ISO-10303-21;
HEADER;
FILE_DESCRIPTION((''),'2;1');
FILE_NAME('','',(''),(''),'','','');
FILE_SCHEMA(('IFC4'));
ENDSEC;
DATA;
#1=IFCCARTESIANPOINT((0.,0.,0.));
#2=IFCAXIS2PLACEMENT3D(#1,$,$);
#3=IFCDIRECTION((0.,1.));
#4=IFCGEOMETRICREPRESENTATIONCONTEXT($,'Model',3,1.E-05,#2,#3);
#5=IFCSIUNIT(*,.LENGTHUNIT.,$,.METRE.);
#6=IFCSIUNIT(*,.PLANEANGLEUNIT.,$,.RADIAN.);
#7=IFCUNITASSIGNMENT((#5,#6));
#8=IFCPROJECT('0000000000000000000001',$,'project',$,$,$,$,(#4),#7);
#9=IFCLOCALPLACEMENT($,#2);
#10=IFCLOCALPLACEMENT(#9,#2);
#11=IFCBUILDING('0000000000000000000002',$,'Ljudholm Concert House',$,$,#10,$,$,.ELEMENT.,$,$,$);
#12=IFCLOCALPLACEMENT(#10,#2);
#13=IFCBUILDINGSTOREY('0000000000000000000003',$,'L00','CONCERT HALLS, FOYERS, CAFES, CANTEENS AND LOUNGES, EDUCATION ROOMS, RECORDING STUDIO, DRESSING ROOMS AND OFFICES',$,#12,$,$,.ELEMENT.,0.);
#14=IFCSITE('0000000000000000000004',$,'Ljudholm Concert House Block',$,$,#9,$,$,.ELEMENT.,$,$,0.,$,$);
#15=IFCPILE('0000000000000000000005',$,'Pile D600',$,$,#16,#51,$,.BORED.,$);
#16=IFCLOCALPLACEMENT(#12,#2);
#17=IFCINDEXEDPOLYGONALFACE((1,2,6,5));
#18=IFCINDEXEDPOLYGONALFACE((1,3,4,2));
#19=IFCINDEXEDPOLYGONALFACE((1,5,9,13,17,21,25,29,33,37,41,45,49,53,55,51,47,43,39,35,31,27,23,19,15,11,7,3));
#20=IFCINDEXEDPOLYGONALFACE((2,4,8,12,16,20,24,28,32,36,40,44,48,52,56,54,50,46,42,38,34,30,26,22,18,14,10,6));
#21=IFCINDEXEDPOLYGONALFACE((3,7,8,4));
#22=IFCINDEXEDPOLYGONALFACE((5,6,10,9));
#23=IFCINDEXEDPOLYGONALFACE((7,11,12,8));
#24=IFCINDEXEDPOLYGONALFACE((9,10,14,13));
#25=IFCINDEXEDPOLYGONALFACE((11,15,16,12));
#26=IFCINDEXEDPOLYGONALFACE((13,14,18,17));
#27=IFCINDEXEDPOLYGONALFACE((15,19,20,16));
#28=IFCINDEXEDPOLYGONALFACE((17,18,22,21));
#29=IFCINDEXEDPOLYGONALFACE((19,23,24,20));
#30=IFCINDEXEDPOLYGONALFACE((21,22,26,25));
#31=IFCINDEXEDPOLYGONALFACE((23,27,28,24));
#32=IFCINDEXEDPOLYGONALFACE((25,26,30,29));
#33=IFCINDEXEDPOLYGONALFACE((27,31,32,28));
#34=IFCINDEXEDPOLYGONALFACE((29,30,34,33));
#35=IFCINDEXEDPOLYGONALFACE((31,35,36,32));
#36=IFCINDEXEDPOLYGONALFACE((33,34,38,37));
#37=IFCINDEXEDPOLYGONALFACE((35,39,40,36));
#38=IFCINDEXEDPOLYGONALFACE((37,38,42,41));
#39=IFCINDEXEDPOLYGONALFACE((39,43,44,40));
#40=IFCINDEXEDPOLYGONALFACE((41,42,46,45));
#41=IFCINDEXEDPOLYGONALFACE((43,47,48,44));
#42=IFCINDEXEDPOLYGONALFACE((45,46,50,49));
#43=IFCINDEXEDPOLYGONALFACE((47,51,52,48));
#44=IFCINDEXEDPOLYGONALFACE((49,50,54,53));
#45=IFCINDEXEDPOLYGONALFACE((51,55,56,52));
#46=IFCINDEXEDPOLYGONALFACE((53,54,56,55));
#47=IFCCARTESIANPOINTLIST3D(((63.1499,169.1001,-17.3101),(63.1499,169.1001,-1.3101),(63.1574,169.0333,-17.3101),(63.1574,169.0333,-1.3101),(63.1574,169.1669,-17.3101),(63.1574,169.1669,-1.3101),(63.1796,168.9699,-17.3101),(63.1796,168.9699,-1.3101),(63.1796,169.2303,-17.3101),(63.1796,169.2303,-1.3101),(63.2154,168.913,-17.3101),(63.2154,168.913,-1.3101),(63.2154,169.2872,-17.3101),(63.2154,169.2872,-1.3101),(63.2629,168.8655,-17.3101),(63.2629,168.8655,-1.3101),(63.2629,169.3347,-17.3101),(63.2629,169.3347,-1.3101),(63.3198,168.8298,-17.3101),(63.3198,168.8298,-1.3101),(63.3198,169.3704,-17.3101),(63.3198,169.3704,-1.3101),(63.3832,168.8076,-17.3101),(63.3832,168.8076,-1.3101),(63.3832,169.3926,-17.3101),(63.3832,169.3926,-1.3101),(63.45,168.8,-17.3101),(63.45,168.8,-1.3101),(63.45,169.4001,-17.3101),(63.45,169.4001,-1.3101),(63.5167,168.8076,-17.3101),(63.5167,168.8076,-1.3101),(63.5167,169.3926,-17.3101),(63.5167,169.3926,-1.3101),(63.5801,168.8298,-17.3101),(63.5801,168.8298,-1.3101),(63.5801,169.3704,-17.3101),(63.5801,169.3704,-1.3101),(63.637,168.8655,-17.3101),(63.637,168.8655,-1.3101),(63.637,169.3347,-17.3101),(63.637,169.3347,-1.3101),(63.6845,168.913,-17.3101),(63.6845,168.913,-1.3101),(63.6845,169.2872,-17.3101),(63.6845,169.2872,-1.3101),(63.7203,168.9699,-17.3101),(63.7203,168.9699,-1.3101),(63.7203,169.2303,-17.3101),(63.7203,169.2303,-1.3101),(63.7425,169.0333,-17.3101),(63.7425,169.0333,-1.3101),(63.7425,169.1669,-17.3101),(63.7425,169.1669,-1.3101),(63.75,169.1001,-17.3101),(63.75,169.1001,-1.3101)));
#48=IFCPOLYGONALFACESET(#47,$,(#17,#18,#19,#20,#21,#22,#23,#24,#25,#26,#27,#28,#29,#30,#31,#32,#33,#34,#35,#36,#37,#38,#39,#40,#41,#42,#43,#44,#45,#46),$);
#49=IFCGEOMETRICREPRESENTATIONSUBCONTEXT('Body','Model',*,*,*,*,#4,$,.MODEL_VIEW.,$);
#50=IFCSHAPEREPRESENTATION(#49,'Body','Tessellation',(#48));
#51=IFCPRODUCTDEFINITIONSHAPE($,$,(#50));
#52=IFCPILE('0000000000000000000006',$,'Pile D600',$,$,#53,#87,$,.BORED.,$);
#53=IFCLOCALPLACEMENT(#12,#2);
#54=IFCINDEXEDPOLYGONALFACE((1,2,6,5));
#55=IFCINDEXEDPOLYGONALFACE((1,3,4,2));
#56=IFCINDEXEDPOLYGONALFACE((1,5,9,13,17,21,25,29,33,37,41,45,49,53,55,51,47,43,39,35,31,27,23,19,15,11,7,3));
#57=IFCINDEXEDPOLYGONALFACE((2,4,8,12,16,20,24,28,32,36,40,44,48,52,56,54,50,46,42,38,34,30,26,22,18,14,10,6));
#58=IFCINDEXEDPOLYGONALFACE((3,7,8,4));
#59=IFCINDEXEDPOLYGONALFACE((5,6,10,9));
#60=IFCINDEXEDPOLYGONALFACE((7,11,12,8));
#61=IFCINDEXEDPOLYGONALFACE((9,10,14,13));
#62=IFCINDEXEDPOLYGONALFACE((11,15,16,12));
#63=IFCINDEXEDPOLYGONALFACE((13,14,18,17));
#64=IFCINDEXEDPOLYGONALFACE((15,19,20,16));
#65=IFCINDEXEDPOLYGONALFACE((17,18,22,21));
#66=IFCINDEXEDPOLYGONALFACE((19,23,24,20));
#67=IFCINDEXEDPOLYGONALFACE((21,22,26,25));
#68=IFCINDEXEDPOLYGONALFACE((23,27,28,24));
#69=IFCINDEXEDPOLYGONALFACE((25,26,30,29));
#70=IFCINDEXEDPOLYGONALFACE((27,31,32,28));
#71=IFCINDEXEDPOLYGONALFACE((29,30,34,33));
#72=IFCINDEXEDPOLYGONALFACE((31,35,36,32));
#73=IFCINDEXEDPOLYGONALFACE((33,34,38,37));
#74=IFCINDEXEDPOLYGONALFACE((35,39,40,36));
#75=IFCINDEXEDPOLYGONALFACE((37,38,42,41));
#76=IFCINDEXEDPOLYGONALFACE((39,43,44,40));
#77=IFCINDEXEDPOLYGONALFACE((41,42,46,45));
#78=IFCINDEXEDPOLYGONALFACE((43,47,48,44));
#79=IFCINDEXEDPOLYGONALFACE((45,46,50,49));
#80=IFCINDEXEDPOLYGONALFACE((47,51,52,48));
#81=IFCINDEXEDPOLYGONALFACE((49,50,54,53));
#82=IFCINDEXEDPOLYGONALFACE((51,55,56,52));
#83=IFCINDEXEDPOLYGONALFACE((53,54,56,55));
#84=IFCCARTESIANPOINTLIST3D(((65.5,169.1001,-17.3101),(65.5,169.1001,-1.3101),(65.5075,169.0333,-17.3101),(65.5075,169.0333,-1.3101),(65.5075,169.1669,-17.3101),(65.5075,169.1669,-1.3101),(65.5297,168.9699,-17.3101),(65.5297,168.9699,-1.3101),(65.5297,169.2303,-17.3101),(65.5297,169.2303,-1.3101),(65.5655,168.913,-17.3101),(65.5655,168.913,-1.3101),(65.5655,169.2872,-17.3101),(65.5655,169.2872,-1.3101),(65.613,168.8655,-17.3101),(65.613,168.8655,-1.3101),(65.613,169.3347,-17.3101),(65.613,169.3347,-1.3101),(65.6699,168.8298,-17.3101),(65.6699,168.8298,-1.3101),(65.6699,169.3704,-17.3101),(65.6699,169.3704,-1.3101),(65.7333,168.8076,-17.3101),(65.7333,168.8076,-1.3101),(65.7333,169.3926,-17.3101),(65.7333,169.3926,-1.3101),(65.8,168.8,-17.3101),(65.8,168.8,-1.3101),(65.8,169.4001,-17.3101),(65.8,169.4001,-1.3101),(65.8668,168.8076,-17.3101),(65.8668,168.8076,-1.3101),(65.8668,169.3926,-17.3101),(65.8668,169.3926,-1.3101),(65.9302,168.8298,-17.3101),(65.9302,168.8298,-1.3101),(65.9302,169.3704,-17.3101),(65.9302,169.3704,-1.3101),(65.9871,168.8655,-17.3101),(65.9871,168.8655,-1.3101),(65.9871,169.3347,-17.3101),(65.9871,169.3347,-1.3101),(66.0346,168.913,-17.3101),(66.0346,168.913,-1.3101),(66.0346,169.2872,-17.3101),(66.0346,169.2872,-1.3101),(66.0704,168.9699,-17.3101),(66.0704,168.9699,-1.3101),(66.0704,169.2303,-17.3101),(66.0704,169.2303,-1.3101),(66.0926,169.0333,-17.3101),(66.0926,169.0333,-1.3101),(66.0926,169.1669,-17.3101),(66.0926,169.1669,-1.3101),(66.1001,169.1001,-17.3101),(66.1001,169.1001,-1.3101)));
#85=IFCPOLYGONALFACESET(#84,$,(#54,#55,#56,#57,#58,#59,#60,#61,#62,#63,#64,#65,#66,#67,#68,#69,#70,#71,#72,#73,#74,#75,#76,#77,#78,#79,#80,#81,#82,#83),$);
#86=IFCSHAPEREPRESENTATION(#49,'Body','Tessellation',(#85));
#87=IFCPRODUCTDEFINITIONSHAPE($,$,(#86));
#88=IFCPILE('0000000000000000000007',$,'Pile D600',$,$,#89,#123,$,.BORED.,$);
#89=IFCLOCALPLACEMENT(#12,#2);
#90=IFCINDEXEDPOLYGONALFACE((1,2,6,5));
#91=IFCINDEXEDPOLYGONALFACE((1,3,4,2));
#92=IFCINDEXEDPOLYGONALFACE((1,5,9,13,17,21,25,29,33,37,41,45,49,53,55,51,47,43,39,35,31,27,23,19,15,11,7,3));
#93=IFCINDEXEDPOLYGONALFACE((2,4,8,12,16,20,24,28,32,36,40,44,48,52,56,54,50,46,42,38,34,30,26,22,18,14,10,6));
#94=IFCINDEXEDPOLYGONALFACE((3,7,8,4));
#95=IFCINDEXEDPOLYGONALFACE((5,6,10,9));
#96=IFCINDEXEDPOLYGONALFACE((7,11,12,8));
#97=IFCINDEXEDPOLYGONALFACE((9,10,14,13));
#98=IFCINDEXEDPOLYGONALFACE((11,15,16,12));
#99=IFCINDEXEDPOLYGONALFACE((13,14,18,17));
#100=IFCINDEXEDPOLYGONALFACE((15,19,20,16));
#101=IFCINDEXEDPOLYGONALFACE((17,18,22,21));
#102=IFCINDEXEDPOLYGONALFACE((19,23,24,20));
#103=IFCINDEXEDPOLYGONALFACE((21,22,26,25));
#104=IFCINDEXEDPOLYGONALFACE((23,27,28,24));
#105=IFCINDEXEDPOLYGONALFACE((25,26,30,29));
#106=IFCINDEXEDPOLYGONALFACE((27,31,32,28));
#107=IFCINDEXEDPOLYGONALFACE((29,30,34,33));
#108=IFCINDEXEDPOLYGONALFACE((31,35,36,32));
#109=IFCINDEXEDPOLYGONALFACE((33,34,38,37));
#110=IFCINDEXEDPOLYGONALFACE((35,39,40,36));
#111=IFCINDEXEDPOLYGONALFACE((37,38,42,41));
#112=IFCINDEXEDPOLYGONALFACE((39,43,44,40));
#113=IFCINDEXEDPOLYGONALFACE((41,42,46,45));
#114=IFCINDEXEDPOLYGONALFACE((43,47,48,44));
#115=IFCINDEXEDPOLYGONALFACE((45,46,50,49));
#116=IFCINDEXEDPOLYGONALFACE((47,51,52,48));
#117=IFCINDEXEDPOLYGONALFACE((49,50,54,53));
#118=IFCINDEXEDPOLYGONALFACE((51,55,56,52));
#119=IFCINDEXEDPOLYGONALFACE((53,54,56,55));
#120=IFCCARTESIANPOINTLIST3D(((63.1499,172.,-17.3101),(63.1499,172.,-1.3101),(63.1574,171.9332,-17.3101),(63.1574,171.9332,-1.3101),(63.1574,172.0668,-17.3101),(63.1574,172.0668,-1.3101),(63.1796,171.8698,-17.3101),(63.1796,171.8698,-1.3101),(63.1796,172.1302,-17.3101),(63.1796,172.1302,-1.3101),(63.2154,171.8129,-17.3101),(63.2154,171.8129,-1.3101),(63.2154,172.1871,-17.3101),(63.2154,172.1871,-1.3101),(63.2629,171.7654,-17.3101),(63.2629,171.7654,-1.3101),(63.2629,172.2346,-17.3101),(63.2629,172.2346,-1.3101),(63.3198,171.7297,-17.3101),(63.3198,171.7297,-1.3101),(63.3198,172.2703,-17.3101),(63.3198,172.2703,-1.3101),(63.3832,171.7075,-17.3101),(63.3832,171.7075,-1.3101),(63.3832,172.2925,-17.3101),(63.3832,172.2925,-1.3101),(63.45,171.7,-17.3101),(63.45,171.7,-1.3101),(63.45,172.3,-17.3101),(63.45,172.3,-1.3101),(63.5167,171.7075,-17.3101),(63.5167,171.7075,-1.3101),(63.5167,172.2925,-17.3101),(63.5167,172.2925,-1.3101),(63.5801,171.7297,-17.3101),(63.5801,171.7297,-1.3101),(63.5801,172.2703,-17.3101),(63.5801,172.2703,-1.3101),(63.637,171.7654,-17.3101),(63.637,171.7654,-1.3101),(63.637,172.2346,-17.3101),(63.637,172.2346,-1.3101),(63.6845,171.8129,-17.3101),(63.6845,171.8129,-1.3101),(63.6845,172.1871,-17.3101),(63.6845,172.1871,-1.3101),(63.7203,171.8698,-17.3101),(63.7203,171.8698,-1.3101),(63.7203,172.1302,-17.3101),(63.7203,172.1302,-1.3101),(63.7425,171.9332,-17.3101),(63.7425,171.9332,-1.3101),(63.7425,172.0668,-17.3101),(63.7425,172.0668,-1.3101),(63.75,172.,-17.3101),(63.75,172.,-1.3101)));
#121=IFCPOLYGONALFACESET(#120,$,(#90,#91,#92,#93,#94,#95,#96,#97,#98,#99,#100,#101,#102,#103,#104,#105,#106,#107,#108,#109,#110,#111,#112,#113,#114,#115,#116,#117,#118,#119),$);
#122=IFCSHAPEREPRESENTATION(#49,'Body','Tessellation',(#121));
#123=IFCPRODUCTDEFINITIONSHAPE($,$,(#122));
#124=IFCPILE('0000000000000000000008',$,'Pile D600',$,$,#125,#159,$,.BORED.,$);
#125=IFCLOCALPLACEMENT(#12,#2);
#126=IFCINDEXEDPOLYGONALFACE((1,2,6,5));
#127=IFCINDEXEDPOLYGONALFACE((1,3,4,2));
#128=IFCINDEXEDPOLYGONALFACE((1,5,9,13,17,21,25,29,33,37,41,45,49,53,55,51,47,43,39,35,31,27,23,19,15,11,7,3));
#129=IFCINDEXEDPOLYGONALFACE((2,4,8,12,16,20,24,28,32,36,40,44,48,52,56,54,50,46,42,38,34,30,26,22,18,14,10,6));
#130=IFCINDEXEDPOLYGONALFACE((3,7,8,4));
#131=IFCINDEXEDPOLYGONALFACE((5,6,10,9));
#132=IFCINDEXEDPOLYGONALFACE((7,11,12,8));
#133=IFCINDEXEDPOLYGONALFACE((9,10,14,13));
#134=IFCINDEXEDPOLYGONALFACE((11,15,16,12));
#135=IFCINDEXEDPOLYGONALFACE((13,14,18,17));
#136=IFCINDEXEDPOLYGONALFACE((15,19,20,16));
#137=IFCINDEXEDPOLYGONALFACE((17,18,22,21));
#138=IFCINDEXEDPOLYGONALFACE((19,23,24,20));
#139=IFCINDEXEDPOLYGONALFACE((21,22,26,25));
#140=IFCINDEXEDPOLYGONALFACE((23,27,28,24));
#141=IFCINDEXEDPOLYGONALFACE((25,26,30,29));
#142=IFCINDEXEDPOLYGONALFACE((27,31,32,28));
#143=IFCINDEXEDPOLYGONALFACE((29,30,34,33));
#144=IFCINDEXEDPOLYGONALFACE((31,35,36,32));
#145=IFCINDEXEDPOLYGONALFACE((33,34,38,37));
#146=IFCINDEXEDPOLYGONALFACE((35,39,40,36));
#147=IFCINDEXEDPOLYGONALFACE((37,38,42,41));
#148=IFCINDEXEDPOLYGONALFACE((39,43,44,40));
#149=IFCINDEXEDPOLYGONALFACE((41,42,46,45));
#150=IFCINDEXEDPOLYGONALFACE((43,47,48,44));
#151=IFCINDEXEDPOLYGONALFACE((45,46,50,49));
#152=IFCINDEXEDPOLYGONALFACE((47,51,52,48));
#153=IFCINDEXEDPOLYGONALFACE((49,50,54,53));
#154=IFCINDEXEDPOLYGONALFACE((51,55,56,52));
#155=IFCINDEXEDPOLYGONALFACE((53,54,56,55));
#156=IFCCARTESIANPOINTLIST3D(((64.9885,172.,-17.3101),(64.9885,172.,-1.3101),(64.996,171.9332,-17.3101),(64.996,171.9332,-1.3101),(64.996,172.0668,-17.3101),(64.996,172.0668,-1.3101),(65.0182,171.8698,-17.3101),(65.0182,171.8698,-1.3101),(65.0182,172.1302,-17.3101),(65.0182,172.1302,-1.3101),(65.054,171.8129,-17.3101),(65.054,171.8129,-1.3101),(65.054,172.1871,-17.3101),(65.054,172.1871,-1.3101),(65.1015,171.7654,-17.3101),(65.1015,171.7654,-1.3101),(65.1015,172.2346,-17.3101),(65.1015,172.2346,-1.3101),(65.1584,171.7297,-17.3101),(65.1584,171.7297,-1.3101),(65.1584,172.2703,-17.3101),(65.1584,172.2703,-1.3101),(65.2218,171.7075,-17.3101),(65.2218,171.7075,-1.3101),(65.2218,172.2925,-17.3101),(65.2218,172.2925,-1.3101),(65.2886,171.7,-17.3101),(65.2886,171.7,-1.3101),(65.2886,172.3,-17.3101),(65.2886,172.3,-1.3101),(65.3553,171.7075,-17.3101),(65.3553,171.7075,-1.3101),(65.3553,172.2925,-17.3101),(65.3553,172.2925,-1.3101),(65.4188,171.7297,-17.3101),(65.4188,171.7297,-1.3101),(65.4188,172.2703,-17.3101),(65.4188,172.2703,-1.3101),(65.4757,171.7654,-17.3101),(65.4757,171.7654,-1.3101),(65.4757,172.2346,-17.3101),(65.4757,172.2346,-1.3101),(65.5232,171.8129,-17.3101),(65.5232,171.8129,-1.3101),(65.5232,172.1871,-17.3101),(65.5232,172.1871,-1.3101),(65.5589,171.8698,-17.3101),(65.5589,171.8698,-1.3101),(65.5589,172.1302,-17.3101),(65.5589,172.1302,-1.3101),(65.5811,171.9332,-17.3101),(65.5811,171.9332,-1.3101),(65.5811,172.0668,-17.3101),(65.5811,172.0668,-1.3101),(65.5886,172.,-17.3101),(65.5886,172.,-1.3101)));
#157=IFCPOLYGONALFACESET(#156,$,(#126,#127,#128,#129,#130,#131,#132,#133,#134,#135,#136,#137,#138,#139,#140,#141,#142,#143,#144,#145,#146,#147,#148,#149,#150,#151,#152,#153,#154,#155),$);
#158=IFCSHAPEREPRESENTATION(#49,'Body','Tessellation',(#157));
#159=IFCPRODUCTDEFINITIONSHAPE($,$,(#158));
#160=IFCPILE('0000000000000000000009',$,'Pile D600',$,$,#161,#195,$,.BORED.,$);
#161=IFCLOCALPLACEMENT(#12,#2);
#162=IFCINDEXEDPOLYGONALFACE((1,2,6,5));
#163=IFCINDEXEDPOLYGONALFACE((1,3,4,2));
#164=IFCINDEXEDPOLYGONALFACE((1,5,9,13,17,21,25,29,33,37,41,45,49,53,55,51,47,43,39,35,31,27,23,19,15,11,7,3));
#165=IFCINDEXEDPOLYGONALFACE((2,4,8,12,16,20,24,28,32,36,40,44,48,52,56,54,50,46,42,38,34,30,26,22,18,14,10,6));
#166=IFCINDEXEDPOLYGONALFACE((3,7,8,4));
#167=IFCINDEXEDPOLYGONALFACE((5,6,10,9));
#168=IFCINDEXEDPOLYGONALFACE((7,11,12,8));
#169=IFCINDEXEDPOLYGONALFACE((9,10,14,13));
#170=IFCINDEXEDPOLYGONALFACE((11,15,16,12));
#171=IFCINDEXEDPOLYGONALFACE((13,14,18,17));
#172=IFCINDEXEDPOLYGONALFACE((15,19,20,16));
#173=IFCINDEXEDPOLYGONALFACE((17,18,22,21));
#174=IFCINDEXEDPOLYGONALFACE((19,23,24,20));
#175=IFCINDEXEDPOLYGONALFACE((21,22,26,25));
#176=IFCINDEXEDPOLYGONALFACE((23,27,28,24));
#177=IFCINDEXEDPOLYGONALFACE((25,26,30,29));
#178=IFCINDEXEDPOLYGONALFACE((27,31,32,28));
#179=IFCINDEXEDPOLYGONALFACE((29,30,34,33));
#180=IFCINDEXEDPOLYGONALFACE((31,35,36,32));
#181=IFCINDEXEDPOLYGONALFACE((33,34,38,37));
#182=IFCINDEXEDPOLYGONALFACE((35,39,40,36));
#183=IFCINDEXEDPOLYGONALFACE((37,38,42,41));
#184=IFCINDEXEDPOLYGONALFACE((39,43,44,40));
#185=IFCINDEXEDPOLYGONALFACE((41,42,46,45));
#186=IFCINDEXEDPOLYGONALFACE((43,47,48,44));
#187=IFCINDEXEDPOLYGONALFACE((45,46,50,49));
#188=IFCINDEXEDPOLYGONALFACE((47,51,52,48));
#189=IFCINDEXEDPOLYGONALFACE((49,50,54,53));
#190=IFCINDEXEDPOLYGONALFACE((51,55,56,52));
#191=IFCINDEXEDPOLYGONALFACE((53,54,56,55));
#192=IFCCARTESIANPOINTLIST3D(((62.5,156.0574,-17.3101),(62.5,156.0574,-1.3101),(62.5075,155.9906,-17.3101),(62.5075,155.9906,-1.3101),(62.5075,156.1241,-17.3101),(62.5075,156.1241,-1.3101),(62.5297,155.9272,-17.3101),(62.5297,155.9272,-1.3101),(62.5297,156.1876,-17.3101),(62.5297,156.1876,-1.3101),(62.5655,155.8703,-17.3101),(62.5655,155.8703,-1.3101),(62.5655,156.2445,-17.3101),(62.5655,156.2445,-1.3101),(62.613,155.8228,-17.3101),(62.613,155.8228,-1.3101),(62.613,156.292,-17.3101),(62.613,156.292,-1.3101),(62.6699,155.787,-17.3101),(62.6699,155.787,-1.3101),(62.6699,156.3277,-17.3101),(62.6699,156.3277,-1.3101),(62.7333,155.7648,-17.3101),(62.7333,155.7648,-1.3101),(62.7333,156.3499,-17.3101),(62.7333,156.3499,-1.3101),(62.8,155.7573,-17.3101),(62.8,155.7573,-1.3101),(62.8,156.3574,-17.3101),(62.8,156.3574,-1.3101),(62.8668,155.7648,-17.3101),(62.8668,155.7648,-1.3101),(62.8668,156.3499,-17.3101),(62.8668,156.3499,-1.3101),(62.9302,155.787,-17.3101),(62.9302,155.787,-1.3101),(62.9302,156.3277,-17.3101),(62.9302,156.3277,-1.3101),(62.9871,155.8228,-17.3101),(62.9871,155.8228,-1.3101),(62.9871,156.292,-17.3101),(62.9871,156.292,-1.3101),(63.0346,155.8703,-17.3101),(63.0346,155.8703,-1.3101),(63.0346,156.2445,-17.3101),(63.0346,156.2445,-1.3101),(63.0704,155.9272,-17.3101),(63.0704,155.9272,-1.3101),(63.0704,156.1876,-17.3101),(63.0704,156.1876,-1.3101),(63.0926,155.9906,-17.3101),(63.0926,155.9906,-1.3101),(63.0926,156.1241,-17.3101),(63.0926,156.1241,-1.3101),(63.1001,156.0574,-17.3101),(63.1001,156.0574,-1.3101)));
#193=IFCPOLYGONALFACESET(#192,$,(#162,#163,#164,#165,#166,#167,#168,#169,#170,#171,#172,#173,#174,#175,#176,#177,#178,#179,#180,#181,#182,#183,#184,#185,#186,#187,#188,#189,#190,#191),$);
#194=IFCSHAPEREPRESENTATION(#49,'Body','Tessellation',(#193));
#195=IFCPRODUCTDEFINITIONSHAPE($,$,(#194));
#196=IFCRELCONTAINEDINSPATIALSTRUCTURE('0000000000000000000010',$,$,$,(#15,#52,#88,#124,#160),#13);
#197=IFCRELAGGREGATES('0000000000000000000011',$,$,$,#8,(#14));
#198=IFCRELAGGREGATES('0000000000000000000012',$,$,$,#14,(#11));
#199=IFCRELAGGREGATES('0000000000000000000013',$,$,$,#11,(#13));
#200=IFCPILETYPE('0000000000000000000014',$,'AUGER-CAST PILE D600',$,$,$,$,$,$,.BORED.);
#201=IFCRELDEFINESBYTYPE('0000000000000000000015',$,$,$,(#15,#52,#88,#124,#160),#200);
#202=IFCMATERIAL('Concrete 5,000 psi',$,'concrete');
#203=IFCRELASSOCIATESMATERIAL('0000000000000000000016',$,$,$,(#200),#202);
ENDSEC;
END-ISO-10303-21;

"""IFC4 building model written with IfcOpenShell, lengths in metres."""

from ifc_helpers import new_model, si_unit, direction, frame, origin, origin_2d, place, context, subcontext, project, spatial, circle, extrude, material, material_profile, profile_set, type_object, element, save


model = new_model("IFC4")

# Units and contexts
model_context = context("Model", 3, precision=1e-05, world=origin(), true_north=direction((0.0, 1.0)))
body_context = subcontext(model_context, "Body", "Model", "MODEL_VIEW")
ifc_project = project(units=[si_unit("LENGTHUNIT", "METRE"), si_unit("PLANEANGLEUNIT", "RADIAN")], contexts=[model_context])

# Site, building, storey
site_placement = place(None, origin())
site = spatial("IfcSite", under=ifc_project, at=site_placement, Name="Ljudholm Concert House Block", CompositionType="ELEMENT", RefElevation=0.0)
building_placement = place(site_placement, origin())
building = spatial("IfcBuilding", under=site, at=building_placement, Name="Ljudholm Concert House", CompositionType="ELEMENT")
storey_placement = place(building_placement, origin())
storey = spatial("IfcBuildingStorey", under=building, at=storey_placement, Name="L00", Description="CONCERT HALLS, FOYERS, CAFES, CANTEENS AND LOUNGES, EDUCATION ROOMS, RECORDING STUDIO, DRESSING ROOMS AND OFFICES", CompositionType="ELEMENT", Elevation=0.0)

# Piles
ifc_material_1 = material(Name="Concrete 5,000 psi", Category="concrete")
ifc_material_profile = material_profile(ifc_material_1, circle(Radius=0.3, at=origin_2d()), Name="AUGER-CAST PILE D600")
ifc_profile_set = profile_set([ifc_material_profile], Name="Concrete 5,000 psi")
pile_type = type_object("IfcPileType", Name="AUGER-CAST PILE D600", PredefinedType="BORED", material=ifc_profile_set)
for number, where, z_axis, x_axis, name in (
    (1, (63.45, 169.1001, -1.3101), (0.0, 0.0, -1.0), (1.0, 0.0, 0.0), "Pile D600"),
    (2, (65.8, 169.1001, -1.3101), (0.0, 0.0, -1.0), (1.0, 0.0, 0.0), "Pile D600"),
    (3, (63.45, 172.0, -1.3101), (0.0, 0.0, -1.0), (1.0, 0.0, 0.0), "Pile D600"),
    (4, (65.2886, 172.0, -1.3101), (0.0, 0.0, -1.0), (1.0, 0.0, 0.0), "Pile D600"),
    (5, (62.8, 156.0574, -1.3101), (0.0, 0.0, -1.0), (1.0, 0.0, 0.0), "Pile D600"),
):
    element("IfcPile", number, at=place(storey_placement, frame(where, z_axis=z_axis, x_axis=x_axis)), inside=storey, type_object=pile_type, Name=name, PredefinedType="BORED", context=body_context, shape_type="SweptSolid", body=[
        extrude(circle(Radius=0.3, at=origin_2d()), origin(), (0.0, 0.0, 1.0), 16.0),
    ])

save(model, "model.ifc")
